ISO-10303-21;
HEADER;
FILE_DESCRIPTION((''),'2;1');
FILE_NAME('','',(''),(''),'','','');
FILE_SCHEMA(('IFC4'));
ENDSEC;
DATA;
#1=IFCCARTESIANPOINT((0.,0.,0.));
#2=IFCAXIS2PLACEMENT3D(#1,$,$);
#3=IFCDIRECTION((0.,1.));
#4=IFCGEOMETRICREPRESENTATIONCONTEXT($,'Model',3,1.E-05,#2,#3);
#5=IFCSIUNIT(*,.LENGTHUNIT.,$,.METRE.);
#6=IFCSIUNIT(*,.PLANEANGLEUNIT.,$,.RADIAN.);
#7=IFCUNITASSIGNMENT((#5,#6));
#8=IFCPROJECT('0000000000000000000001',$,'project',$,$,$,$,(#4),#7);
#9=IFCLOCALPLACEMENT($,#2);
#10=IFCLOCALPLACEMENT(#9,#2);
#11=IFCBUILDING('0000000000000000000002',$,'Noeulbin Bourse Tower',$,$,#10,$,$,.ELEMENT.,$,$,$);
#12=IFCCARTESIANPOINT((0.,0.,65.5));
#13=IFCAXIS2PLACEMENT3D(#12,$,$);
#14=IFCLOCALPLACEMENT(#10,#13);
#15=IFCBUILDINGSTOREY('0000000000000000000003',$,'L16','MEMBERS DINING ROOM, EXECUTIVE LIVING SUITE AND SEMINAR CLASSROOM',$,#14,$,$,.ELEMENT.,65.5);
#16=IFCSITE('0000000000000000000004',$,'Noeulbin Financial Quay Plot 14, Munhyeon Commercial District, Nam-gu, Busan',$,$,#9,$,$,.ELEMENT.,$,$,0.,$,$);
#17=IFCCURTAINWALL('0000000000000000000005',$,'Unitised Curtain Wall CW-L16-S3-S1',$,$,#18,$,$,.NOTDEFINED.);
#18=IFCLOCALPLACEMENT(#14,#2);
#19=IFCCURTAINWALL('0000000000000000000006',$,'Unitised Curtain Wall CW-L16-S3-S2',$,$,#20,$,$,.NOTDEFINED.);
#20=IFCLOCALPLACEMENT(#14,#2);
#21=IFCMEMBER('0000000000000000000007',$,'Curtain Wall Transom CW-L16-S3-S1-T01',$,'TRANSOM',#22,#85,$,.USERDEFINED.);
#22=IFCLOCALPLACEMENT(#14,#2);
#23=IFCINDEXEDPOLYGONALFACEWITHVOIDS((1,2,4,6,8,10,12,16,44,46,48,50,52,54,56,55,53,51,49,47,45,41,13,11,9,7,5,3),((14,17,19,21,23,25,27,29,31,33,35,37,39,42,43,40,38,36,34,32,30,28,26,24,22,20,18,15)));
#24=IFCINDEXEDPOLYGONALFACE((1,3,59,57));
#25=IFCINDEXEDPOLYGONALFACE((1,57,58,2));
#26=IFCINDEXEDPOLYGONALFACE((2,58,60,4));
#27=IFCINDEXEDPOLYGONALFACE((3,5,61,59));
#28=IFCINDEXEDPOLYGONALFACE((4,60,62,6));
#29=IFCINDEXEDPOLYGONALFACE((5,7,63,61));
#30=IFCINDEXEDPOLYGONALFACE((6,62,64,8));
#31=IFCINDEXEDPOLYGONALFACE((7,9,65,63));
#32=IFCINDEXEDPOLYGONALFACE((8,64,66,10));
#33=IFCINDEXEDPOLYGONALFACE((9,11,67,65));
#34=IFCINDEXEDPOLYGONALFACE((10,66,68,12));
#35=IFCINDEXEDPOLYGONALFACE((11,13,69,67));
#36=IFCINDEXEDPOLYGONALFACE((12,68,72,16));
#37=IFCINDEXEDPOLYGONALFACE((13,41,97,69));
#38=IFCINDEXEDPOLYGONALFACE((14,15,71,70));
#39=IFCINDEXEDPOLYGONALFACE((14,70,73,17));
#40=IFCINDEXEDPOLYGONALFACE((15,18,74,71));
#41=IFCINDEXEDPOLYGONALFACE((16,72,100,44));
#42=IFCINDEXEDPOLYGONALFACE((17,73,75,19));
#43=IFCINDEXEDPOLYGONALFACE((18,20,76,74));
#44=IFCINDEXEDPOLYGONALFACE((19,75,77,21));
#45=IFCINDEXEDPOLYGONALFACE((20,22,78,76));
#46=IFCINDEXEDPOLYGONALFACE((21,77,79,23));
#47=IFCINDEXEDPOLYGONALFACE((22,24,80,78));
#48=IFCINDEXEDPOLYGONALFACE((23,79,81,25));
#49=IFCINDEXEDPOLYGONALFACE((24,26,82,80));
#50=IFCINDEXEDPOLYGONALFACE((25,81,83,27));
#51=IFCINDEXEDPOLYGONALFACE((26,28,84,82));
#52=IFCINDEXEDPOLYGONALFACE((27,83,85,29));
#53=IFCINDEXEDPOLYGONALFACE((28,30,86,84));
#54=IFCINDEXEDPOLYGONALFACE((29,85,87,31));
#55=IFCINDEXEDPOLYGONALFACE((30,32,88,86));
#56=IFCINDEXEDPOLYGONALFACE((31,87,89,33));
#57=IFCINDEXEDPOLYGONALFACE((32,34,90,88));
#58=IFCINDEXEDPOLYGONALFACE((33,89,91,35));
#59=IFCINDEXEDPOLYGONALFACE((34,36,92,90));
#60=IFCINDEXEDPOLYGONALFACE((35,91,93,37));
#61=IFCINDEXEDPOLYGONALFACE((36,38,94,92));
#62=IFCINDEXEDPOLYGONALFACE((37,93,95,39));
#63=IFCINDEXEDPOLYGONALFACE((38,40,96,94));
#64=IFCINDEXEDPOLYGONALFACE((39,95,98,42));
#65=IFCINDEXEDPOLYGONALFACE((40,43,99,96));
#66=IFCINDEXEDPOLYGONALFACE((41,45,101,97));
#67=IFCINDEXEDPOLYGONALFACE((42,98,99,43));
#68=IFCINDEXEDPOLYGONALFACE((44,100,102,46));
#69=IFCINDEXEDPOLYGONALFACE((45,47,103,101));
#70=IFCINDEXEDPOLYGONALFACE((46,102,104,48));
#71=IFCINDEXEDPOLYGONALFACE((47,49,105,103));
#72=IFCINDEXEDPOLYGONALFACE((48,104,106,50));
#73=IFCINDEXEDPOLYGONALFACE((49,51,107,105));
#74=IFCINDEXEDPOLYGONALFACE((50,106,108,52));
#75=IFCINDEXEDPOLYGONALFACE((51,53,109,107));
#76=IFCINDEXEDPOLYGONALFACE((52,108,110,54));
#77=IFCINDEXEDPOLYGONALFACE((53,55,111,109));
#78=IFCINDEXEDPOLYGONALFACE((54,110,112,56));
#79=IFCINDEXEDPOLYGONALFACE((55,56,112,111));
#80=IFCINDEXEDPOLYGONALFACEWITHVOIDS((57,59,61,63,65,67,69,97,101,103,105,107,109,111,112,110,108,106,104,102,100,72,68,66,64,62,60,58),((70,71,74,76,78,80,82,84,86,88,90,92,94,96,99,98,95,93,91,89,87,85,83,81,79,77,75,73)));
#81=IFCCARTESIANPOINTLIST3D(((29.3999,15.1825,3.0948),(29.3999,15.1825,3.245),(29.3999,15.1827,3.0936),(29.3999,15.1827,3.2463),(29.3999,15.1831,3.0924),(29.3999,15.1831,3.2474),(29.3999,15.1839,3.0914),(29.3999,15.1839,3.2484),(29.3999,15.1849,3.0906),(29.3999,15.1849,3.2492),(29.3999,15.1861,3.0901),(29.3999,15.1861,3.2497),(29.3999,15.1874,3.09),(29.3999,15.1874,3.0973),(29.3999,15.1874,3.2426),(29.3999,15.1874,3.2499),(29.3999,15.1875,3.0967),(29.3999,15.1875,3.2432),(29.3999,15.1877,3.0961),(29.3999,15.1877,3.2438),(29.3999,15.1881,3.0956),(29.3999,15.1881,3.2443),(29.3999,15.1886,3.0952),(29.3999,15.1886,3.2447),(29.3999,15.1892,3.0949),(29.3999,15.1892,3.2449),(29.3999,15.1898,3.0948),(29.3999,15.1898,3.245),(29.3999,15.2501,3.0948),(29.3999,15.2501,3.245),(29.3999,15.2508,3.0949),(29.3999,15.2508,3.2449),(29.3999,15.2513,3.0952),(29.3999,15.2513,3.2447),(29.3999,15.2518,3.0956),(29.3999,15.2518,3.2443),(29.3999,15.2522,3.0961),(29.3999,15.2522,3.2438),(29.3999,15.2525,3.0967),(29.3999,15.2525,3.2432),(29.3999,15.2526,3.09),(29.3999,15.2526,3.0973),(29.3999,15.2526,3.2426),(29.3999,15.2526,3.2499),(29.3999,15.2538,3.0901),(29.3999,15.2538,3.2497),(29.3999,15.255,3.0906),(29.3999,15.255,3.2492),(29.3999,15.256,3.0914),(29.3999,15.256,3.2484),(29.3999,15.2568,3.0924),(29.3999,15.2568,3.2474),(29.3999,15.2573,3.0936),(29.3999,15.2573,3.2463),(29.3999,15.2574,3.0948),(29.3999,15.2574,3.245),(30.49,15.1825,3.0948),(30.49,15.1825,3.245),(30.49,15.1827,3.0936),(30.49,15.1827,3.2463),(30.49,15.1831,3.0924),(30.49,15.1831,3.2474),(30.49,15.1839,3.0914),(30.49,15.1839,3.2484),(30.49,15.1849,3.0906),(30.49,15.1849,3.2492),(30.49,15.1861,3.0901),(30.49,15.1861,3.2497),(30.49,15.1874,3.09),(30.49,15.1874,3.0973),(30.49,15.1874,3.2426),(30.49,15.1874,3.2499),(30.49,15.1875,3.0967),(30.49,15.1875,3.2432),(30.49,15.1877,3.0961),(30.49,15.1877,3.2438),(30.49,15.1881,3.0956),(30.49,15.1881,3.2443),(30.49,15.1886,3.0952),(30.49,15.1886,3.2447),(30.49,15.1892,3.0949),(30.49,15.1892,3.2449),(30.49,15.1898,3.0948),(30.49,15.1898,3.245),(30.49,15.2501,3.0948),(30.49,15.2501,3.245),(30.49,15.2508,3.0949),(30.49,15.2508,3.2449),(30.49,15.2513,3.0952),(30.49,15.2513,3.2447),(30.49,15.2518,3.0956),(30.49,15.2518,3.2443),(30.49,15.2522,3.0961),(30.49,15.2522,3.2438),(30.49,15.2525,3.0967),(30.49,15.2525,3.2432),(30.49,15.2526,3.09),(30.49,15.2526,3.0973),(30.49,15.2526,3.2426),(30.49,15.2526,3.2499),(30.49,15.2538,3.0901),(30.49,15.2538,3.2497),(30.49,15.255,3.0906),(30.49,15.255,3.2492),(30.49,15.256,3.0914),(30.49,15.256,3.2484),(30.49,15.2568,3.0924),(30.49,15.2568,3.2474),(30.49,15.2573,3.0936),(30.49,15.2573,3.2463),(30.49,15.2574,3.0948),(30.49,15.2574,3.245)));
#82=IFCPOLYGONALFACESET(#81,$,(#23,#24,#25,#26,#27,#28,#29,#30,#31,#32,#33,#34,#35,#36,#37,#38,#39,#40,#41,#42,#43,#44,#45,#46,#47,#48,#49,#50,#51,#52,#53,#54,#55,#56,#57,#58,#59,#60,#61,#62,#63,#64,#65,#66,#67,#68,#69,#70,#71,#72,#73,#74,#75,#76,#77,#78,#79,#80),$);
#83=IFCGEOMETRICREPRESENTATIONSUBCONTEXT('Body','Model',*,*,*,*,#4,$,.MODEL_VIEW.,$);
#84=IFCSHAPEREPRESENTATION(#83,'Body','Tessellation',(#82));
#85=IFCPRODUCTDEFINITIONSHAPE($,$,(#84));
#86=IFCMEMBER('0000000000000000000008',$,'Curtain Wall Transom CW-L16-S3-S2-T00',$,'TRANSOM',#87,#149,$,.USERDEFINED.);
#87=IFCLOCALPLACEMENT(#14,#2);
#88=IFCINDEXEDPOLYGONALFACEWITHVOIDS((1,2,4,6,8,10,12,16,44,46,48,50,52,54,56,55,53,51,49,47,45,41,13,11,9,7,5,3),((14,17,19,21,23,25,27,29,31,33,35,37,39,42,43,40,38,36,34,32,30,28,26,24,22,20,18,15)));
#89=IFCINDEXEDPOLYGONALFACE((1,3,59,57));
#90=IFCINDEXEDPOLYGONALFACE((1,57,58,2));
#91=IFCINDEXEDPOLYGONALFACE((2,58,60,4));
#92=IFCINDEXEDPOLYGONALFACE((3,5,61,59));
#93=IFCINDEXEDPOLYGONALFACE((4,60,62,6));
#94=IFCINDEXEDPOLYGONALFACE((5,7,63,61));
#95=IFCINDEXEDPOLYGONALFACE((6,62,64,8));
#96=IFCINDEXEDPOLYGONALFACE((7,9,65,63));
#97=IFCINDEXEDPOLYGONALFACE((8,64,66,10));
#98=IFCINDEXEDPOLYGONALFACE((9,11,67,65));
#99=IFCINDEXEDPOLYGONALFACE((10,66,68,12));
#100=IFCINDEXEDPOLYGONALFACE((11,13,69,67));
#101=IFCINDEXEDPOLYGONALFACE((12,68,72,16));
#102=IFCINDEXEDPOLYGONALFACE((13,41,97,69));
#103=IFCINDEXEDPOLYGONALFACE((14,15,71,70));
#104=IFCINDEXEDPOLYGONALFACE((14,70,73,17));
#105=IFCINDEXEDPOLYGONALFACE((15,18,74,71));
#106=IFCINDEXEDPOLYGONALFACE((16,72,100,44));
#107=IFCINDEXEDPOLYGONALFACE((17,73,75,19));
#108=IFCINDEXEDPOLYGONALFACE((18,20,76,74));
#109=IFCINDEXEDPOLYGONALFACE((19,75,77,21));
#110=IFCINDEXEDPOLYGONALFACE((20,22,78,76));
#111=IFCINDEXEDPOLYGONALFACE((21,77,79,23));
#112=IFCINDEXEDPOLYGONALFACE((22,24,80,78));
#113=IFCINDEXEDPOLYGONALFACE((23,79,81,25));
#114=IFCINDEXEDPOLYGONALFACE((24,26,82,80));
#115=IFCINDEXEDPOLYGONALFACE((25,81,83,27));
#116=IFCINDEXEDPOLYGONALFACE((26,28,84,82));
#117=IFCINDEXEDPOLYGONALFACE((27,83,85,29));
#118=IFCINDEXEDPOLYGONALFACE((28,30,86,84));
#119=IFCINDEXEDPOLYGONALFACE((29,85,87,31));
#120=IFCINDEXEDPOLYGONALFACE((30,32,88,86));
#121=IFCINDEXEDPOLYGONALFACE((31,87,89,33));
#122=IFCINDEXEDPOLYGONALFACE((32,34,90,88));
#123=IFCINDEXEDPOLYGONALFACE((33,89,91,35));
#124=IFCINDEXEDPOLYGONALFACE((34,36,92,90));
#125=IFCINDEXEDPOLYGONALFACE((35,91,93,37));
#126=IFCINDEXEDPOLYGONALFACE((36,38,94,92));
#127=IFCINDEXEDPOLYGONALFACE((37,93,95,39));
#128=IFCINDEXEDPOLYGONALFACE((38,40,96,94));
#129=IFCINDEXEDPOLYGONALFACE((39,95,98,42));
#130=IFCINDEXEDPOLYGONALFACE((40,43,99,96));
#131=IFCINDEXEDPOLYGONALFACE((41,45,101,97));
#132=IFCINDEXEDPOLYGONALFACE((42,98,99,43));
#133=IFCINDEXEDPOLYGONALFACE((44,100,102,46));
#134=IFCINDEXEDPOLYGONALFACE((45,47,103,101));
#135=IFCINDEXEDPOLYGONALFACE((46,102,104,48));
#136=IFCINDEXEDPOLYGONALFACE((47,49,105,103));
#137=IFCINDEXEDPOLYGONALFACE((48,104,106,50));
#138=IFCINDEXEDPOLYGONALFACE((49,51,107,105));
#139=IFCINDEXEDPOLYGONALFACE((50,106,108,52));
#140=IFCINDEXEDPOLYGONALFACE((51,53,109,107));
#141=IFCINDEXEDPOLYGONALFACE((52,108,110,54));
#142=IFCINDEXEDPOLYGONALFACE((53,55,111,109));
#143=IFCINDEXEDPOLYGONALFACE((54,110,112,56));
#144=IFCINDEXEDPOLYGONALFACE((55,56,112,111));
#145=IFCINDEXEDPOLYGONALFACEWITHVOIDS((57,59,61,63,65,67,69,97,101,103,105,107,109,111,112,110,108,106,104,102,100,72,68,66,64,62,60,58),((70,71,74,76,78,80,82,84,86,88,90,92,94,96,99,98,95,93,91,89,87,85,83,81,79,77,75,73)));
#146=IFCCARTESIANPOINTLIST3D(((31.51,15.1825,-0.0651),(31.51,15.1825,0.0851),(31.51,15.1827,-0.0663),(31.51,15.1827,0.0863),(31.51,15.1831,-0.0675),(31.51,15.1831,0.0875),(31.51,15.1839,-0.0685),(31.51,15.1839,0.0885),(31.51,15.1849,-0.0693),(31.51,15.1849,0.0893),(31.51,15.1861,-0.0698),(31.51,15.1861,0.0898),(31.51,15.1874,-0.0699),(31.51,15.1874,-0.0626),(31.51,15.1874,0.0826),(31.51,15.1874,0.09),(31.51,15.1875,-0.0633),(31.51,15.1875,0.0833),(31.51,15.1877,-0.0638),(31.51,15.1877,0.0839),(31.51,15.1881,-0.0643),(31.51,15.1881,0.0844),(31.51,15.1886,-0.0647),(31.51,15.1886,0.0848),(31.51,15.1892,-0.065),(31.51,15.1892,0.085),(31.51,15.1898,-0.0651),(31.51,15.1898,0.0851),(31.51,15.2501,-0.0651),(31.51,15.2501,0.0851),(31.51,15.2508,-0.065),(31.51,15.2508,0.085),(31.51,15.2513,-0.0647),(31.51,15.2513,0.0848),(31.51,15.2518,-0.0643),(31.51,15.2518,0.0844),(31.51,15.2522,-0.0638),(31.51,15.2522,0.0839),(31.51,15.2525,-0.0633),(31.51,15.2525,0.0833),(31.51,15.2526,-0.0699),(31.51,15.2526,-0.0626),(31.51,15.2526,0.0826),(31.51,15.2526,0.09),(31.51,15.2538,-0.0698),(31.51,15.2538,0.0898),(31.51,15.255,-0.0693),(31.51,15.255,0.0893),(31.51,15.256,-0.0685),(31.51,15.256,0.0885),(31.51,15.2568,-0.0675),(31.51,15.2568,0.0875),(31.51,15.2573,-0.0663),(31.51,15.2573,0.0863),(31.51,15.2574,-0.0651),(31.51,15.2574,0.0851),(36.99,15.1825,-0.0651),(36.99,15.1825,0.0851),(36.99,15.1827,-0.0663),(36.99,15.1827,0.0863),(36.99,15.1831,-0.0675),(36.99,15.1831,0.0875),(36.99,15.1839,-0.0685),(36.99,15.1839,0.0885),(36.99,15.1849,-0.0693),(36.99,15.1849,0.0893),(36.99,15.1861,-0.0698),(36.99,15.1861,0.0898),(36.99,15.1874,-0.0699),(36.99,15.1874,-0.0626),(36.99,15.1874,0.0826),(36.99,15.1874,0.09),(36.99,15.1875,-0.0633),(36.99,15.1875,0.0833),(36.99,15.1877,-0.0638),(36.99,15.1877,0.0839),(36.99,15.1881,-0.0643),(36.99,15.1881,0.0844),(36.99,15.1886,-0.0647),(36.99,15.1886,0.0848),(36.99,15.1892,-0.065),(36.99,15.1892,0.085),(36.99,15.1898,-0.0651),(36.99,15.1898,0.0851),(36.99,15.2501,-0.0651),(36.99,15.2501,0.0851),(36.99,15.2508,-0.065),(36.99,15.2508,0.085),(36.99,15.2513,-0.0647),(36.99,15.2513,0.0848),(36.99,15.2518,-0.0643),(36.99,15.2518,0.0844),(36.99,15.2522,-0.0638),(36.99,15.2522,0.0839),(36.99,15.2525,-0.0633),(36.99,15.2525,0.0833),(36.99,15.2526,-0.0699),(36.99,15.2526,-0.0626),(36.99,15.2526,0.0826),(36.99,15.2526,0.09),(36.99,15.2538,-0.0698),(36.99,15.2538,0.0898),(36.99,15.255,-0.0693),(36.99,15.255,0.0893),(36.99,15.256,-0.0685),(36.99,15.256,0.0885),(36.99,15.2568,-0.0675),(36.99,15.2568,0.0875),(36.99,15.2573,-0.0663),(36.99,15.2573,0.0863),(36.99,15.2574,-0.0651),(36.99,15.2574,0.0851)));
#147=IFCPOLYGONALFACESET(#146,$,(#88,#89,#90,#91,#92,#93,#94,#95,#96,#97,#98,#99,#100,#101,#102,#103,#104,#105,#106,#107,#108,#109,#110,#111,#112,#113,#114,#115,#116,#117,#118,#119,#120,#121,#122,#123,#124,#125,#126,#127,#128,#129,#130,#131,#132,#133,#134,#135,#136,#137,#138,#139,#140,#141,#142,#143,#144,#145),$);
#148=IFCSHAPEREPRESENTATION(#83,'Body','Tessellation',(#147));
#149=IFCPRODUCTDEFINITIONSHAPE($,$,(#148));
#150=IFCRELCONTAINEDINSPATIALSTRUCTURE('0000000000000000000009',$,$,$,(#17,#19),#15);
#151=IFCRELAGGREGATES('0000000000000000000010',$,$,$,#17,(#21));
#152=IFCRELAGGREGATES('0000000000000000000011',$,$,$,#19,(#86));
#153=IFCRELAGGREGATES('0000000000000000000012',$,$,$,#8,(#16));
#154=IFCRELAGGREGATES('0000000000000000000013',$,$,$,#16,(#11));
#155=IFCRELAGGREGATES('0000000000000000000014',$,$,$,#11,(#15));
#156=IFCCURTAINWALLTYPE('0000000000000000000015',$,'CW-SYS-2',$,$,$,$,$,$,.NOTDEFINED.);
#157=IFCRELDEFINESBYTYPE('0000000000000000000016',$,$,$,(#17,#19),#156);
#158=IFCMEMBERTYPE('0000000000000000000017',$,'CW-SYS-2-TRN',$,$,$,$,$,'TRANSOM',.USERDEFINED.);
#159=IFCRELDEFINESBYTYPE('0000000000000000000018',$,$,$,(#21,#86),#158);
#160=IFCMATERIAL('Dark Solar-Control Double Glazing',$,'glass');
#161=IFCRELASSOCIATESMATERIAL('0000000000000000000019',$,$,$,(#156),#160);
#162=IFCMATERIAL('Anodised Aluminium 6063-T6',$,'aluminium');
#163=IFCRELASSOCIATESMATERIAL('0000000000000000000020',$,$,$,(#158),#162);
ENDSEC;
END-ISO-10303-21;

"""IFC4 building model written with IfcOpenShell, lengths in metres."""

from ifc_helpers import new_model, si_unit, direction, frame, origin, origin_2d, place, context, subcontext, project, spatial, hollow_rectangle, extrude, material, material_profile, profile_set, type_object, element, aggregate, save


model = new_model("IFC4")

# Units and contexts
model_context = context("Model", 3, precision=1e-05, world=origin(), true_north=direction((0.0, 1.0)))
body_context = subcontext(model_context, "Body", "Model", "MODEL_VIEW")
ifc_project = project(units=[si_unit("LENGTHUNIT", "METRE"), si_unit("PLANEANGLEUNIT", "RADIAN")], contexts=[model_context])

# Site, building, storey
site_placement = place(None, origin())
site = spatial("IfcSite", under=ifc_project, at=site_placement, Name="Noeulbin Financial Quay Plot 14, Munhyeon Commercial District, Nam-gu, Busan", CompositionType="ELEMENT", RefElevation=0.0)
building_placement = place(site_placement, origin())
building = spatial("IfcBuilding", under=site, at=building_placement, Name="Noeulbin Bourse Tower", CompositionType="ELEMENT")
storey_placement = place(building_placement, frame((0.0, 0.0, 65.5)))
storey = spatial("IfcBuildingStorey", under=building, at=storey_placement, Name="L16", Description="MEMBERS DINING ROOM, EXECUTIVE LIVING SUITE AND SEMINAR CLASSROOM", CompositionType="ELEMENT", Elevation=65.5)

# Curtain walls
ifc_material_1 = material(Name="Dark Solar-Control Double Glazing", Category="glass")
curtain_wall_type = type_object("IfcCurtainWallType", Name="CW-SYS-2", PredefinedType="NOTDEFINED", material=ifc_material_1)
curtain_wall_1_placement = place(storey_placement, origin())
curtain_wall_1 = element("IfcCurtainWall", 1, at=curtain_wall_1_placement, inside=storey, type_object=curtain_wall_type, Name="Unitised Curtain Wall CW-L16-S3-S1", PredefinedType="NOTDEFINED")
ifc_material_2 = material(Name="Anodised Aluminium 6063-T6", Category="aluminium")
curtain_wall_2_placement = place(storey_placement, origin())
curtain_wall_2 = element("IfcCurtainWall", 2, at=curtain_wall_2_placement, inside=storey, type_object=curtain_wall_type, Name="Unitised Curtain Wall CW-L16-S3-S2", PredefinedType="NOTDEFINED")

# Members
ifc_material_profile_1 = material_profile(ifc_material_2, hollow_rectangle(XDim=0.075, YDim=0.1599, WallThickness=0.0049, InnerFilletRadius=0.0024, OuterFilletRadius=0.0049, at=origin_2d()), Name="ALU-TRAN-75x160x5", Category="LoadBearing")
ifc_profile_set_1 = profile_set([ifc_material_profile_1], Name="Anodised Aluminium 6063-T6")
member_type_1 = type_object("IfcMemberType", Name="CW-SYS-2-TRN", ElementType="TRANSOM", PredefinedType="USERDEFINED", material=ifc_profile_set_1)
member_1_placement = place(storey_placement, frame((29.3999, 15.22, 3.1699), z_axis=(1.0, 0.0, 0.0), x_axis=(0.0, 1.0, 0.0)))
member_1 = element("IfcMember", 3, at=member_1_placement, type_object=member_type_1, Name="Curtain Wall Transom CW-L16-S3-S1-T01", ObjectType="TRANSOM", PredefinedType="USERDEFINED", context=body_context, shape_type="SweptSolid", body=[
    extrude(hollow_rectangle(XDim=0.075, YDim=0.1599, WallThickness=0.0049, InnerFilletRadius=0.0024, OuterFilletRadius=0.0049, at=origin_2d()), origin(), (0.0, 0.0, 1.0), 1.0901),
])
member_2_placement = place(storey_placement, frame((31.51, 15.22, 0.01), z_axis=(1.0, 0.0, 0.0), x_axis=(0.0, 1.0, 0.0)))
member_2 = element("IfcMember", 4, at=member_2_placement, type_object=member_type_1, Name="Curtain Wall Transom CW-L16-S3-S2-T00", ObjectType="TRANSOM", PredefinedType="USERDEFINED", context=body_context, shape_type="SweptSolid", body=[
    extrude(hollow_rectangle(XDim=0.075, YDim=0.1599, WallThickness=0.0049, InnerFilletRadius=0.0024, OuterFilletRadius=0.0049, at=origin_2d()), origin(), (0.0, 0.0, 1.0), 5.48),
])

aggregate(curtain_wall_1, [member_1])
aggregate(curtain_wall_2, [member_2])

save(model, "model.ifc")
